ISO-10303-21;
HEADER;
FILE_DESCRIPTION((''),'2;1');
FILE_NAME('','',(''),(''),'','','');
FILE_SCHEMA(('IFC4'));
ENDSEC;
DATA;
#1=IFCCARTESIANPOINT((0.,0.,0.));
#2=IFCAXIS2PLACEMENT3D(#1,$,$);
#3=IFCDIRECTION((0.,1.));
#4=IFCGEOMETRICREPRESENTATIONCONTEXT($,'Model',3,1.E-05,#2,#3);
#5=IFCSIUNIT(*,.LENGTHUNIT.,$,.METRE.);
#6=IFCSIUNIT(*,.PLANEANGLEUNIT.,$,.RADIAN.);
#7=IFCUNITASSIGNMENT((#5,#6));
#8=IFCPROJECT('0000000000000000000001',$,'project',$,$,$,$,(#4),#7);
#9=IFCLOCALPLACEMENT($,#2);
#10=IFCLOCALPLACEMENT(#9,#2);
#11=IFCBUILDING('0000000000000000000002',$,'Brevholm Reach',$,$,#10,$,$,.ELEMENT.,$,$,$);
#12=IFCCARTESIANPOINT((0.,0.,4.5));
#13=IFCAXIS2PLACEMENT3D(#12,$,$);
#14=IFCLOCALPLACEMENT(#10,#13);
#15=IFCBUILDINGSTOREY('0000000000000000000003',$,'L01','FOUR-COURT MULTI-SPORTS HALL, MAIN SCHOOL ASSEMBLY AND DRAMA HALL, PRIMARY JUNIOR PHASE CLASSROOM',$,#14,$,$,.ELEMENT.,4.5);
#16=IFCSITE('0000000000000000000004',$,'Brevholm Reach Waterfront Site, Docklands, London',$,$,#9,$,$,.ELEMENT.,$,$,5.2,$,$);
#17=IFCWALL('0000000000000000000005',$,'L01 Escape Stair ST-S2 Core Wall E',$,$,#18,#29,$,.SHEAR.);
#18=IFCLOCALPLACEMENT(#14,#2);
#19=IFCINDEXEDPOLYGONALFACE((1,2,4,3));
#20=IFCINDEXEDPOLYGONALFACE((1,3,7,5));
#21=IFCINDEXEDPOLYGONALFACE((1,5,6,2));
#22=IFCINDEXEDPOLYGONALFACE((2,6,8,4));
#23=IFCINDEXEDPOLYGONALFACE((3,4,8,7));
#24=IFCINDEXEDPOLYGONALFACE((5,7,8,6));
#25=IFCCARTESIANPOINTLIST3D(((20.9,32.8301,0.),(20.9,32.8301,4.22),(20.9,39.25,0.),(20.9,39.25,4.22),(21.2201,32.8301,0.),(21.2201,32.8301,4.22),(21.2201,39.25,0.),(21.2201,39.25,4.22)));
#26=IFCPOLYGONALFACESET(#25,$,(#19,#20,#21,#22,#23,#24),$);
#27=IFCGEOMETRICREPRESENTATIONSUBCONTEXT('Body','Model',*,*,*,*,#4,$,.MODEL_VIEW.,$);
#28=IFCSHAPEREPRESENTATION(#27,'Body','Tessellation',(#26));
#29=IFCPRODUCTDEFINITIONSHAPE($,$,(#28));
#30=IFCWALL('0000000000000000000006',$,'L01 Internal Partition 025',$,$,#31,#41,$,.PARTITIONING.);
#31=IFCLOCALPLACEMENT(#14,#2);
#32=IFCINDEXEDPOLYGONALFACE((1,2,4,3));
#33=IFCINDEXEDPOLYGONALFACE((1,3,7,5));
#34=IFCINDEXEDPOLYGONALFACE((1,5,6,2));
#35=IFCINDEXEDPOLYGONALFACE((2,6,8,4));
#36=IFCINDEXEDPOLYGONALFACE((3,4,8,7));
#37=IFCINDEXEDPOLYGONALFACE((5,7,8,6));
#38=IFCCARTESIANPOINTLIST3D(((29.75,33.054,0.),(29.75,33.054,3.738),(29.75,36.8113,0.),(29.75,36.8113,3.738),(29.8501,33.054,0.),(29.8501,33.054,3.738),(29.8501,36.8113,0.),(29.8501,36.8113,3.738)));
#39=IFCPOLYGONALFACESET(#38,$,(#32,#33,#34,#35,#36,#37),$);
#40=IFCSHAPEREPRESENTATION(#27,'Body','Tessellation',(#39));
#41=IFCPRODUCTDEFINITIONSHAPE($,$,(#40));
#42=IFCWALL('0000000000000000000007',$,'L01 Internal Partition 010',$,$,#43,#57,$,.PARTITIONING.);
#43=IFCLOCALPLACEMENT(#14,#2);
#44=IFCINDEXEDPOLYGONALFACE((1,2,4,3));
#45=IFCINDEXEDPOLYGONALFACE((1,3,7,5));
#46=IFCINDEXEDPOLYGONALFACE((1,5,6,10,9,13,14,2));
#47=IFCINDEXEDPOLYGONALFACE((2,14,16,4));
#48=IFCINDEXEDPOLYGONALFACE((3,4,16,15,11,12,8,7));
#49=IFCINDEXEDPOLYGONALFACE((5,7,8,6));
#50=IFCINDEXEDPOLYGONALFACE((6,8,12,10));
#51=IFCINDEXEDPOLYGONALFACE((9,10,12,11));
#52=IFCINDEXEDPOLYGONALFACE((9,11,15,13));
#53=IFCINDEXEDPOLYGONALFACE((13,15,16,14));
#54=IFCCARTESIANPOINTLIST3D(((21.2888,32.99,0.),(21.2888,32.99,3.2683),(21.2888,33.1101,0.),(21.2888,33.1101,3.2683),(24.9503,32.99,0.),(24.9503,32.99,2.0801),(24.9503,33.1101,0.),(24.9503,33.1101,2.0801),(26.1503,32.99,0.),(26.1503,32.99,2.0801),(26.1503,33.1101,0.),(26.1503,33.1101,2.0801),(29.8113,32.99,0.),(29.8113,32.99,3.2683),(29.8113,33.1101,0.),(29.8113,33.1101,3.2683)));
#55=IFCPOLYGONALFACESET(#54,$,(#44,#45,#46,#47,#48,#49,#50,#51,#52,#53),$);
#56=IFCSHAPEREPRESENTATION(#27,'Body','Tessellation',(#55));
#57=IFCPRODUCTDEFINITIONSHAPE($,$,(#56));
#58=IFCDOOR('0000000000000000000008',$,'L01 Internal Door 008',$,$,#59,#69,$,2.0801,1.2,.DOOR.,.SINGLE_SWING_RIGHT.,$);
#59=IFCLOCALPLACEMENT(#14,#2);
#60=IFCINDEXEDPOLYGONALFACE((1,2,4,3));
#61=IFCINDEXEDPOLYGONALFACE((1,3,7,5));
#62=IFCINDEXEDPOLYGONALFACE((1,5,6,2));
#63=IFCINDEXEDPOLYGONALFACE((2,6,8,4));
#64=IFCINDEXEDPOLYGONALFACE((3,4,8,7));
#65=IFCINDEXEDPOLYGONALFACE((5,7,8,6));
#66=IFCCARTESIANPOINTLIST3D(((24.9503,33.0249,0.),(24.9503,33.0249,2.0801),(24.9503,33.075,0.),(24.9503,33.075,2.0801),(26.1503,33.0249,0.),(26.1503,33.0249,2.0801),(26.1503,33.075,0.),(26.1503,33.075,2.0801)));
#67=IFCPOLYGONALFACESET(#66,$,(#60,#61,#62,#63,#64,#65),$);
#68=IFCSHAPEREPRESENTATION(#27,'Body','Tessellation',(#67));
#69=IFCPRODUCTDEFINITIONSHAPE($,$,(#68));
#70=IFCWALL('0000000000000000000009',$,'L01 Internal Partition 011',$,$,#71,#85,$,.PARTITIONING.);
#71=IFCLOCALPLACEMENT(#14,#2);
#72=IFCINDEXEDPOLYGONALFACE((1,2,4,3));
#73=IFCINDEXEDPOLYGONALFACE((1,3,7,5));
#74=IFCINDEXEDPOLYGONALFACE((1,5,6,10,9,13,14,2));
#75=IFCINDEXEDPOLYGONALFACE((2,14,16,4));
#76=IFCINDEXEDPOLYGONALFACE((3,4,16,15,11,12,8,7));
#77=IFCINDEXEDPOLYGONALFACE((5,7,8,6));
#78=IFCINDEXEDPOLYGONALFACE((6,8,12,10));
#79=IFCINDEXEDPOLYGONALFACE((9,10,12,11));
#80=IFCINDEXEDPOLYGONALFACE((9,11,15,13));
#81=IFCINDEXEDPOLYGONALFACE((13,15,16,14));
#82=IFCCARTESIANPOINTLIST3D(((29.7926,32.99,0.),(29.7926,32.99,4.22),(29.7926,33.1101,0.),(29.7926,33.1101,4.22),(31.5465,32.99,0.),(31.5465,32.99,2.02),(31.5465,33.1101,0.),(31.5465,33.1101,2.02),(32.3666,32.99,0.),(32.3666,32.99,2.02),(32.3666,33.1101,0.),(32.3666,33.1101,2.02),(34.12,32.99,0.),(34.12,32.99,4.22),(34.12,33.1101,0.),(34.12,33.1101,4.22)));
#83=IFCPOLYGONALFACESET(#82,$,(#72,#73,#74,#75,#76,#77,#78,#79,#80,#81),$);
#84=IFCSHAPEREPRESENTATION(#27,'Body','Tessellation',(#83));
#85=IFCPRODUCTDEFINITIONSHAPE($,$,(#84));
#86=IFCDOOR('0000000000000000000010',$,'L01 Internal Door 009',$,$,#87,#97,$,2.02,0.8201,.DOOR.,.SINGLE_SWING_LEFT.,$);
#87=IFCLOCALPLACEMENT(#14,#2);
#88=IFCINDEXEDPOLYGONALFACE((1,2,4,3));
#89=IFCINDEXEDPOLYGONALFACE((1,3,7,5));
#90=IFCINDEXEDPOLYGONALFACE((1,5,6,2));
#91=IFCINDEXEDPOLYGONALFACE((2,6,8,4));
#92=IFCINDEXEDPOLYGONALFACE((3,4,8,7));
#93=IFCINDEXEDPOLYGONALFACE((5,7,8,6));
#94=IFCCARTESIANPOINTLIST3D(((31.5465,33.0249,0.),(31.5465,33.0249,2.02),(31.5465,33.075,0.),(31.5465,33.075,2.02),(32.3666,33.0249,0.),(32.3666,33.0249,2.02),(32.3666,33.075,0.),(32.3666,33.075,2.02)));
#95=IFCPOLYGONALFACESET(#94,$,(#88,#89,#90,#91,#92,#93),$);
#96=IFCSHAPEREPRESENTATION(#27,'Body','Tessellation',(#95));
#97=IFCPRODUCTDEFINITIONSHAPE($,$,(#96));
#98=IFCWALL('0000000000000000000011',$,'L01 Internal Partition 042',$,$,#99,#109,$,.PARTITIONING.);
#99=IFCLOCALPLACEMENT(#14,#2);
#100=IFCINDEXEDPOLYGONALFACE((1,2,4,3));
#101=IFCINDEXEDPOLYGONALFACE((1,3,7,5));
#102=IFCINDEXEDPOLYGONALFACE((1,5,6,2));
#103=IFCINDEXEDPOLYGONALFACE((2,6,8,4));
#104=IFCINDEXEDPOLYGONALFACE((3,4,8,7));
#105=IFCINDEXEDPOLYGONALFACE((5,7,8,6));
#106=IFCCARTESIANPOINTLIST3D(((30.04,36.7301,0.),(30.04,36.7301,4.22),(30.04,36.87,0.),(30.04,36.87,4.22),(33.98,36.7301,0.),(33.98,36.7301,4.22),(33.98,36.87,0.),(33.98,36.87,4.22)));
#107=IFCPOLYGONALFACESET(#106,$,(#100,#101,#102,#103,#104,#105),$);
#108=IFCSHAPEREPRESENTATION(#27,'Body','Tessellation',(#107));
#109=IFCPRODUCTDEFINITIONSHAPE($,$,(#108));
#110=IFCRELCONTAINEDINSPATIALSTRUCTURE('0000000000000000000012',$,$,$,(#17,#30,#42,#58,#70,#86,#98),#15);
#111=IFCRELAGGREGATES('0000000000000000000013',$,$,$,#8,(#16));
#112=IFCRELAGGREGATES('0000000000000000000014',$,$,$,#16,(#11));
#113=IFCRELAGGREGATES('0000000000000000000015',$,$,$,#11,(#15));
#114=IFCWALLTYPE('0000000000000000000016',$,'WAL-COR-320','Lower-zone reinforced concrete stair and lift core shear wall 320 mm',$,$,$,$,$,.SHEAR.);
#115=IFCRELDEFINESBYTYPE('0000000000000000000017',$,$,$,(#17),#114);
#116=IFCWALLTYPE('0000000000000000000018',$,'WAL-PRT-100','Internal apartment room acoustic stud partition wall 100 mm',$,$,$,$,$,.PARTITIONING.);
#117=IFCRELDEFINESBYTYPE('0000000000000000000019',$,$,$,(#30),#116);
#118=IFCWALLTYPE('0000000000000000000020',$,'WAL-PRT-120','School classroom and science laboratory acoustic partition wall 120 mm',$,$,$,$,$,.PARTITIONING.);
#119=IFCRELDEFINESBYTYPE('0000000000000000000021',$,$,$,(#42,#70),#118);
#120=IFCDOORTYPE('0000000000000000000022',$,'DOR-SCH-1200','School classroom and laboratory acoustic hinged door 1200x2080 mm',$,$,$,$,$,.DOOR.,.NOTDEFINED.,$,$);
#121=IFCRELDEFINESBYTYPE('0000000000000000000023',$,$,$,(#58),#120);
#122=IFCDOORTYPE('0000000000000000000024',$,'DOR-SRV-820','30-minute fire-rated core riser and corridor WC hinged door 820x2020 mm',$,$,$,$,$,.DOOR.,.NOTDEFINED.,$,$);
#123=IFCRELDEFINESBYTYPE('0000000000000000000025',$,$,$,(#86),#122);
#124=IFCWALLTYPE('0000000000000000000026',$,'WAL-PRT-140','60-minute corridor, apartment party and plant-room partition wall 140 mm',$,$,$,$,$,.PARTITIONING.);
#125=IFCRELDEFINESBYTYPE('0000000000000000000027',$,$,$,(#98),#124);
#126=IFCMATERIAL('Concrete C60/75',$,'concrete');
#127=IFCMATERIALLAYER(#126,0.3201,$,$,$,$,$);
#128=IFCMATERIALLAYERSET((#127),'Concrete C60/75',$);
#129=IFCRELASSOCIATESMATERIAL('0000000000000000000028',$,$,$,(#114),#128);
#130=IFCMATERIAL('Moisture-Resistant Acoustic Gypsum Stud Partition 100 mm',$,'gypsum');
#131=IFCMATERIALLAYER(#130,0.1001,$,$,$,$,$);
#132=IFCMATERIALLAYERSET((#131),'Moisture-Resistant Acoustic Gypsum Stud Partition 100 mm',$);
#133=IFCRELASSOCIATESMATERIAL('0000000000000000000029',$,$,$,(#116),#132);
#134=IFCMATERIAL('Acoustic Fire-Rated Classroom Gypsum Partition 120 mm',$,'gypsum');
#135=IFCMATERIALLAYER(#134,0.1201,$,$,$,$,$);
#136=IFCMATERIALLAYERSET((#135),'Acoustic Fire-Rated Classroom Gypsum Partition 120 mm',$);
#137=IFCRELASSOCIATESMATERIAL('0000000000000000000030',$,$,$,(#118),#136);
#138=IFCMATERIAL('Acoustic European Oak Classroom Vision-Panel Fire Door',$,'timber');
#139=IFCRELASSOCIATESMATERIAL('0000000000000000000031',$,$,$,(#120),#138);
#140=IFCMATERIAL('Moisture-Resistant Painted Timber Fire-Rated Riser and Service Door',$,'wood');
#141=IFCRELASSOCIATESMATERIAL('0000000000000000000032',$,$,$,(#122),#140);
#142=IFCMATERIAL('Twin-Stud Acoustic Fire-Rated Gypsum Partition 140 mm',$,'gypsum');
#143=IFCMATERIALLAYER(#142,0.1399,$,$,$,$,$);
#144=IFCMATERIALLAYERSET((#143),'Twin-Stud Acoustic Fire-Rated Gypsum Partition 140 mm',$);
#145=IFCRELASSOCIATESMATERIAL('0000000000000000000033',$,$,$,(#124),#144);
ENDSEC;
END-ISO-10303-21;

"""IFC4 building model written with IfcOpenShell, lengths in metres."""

from ifc_helpers import new_model, si_unit, direction, frame, frame_2d, origin, place, context, subcontext, project, spatial, rectangle, extrude, material, layer, layer_set, type_object, element, fill, save


model = new_model("IFC4")

# Units and contexts
model_context = context("Model", 3, precision=1e-05, world=origin(), true_north=direction((0.0, 1.0)))
body_context = subcontext(model_context, "Body", "Model", "MODEL_VIEW")
ifc_project = project(units=[si_unit("LENGTHUNIT", "METRE"), si_unit("PLANEANGLEUNIT", "RADIAN")], contexts=[model_context])

# Site, building, storey
site_placement = place(None, origin())
site = spatial("IfcSite", under=ifc_project, at=site_placement, Name="Brevholm Reach Waterfront Site, Docklands, London", CompositionType="ELEMENT", RefElevation=5.2)
building_placement = place(site_placement, origin())
building = spatial("IfcBuilding", under=site, at=building_placement, Name="Brevholm Reach", CompositionType="ELEMENT")
storey_placement = place(building_placement, frame((0.0, 0.0, 4.5)))
storey = spatial("IfcBuildingStorey", under=building, at=storey_placement, Name="L01", Description="FOUR-COURT MULTI-SPORTS HALL, MAIN SCHOOL ASSEMBLY AND DRAMA HALL, PRIMARY JUNIOR PHASE CLASSROOM", CompositionType="ELEMENT", Elevation=4.5)

# Walls
ifc_material_1 = material(Name="Concrete C60/75", Category="concrete")
ifc_layer_1 = layer(ifc_material_1, 0.3201)
ifc_layer_set_1 = layer_set([ifc_layer_1], Name="Concrete C60/75")
wall_type_1 = type_object("IfcWallType", Name="WAL-COR-320", Description="Lower-zone reinforced concrete stair and lift core shear wall 320 mm", PredefinedType="SHEAR", material=ifc_layer_set_1)
wall_1_placement = place(storey_placement, frame((21.0601, 32.8301, 0.0), z_axis=(0.0, 0.0, 1.0), x_axis=(0.0, 1.0, 0.0)))
element("IfcWall", 1, at=wall_1_placement, inside=storey, type_object=wall_type_1, Name="L01 Escape Stair ST-S2 Core Wall E", PredefinedType="SHEAR", context=body_context, shape_type="SweptSolid", body=[
    extrude(rectangle(XDim=6.4199, YDim=0.3201, at=frame_2d((3.21, 0.0))), origin(), (0.0, 0.0, 1.0), 4.22),
])
ifc_material_2 = material(Name="Moisture-Resistant Acoustic Gypsum Stud Partition 100 mm", Category="gypsum")
ifc_layer_2 = layer(ifc_material_2, 0.1001)
ifc_layer_set_2 = layer_set([ifc_layer_2], Name="Moisture-Resistant Acoustic Gypsum Stud Partition 100 mm")
wall_type_2 = type_object("IfcWallType", Name="WAL-PRT-100", Description="Internal apartment room acoustic stud partition wall 100 mm", PredefinedType="PARTITIONING", material=ifc_layer_set_2)
wall_2_placement = place(storey_placement, frame((29.8, 33.054, 0.0), z_axis=(0.0, 0.0, 1.0), x_axis=(0.0, 1.0, 0.0)))
element("IfcWall", 2, at=wall_2_placement, inside=storey, type_object=wall_type_2, Name="L01 Internal Partition 025", PredefinedType="PARTITIONING", context=body_context, shape_type="SweptSolid", body=[
    extrude(rectangle(XDim=3.7573, YDim=0.1001, at=frame_2d((1.8787, 0.0))), origin(), (0.0, 0.0, 1.0), 3.738),
])

# Walls, openings, doors
ifc_material_3 = material(Name="Acoustic Fire-Rated Classroom Gypsum Partition 120 mm", Category="gypsum")
ifc_layer_3 = layer(ifc_material_3, 0.1201)
ifc_layer_set_3 = layer_set([ifc_layer_3], Name="Acoustic Fire-Rated Classroom Gypsum Partition 120 mm")
wall_type_3 = type_object("IfcWallType", Name="WAL-PRT-120", Description="School classroom and science laboratory acoustic partition wall 120 mm", PredefinedType="PARTITIONING", material=ifc_layer_set_3)
wall_3_placement = place(storey_placement, frame((21.2888, 33.05, 0.0), z_axis=(0.0, 0.0, 1.0), x_axis=(1.0, 0.0, 0.0)))
wall_3 = element("IfcWall", 3, at=wall_3_placement, inside=storey, type_object=wall_type_3, Name="L01 Internal Partition 010", PredefinedType="PARTITIONING", context=body_context, shape_type="SweptSolid", body=[
    extrude(rectangle(XDim=8.5225, YDim=0.1201, at=frame_2d((4.2612, 0.0))), origin(), (0.0, 0.0, 1.0), 3.2683),
])
opening_1_placement = place(wall_3_placement, frame((3.6614, 0.0, 0.0)))
opening_1 = element("IfcOpeningElement", 4, at=opening_1_placement, cuts=wall_3, PredefinedType="OPENING", context=body_context, shape_type="SweptSolid", body=[
    extrude(rectangle(XDim=1.2, YDim=2.0801, at=frame_2d((0.6001, 1.04))), frame((0.0, 0.0701, 0.0), z_axis=(0.0, -1.0, 0.0), x_axis=(1.0, 0.0, 0.0)), (0.0, 0.0, 1.0), 0.1401),
])
ifc_material_4 = material(Name="Acoustic European Oak Classroom Vision-Panel Fire Door", Category="timber")
door_type_1 = type_object("IfcDoorType", Name="DOR-SCH-1200", Description="School classroom and laboratory acoustic hinged door 1200x2080 mm", OperationType="NOTDEFINED", PredefinedType="DOOR", material=ifc_material_4)
door_1_placement = place(opening_1_placement, origin())
door_1 = element("IfcDoor", 5, at=door_1_placement, inside=storey, type_object=door_type_1, Name="L01 Internal Door 008", OperationType="SINGLE_SWING_RIGHT", OverallHeight=2.0801, OverallWidth=1.2, PredefinedType="DOOR", context=body_context, shape_type="SweptSolid", body=[
    extrude(rectangle(XDim=1.2, YDim=2.0801, at=frame_2d((0.6001, 1.04))), frame((0.0, 0.0249, 0.0), z_axis=(0.0, -1.0, 0.0), x_axis=(1.0, 0.0, 0.0)), (0.0, 0.0, 1.0), 0.05),
])
fill(opening_1, door_1)
wall_4_placement = place(storey_placement, frame((29.7927, 33.05, 0.0), z_axis=(0.0, 0.0, 1.0), x_axis=(1.0, 0.0, 0.0)))
wall_4 = element("IfcWall", 6, at=wall_4_placement, inside=storey, type_object=wall_type_3, Name="L01 Internal Partition 011", PredefinedType="PARTITIONING", context=body_context, shape_type="SweptSolid", body=[
    extrude(rectangle(XDim=4.3274, YDim=0.1201, at=frame_2d((2.1636, 0.0))), origin(), (0.0, 0.0, 1.0), 4.22),
])
opening_2_placement = place(wall_4_placement, frame((1.7537, 0.0, 0.0)))
opening_2 = element("IfcOpeningElement", 7, at=opening_2_placement, cuts=wall_4, PredefinedType="OPENING", context=body_context, shape_type="SweptSolid", body=[
    extrude(rectangle(XDim=0.8201, YDim=2.02, at=frame_2d((0.4102, 1.01))), frame((0.0, 0.0701, 0.0), z_axis=(0.0, -1.0, 0.0), x_axis=(1.0, 0.0, 0.0)), (0.0, 0.0, 1.0), 0.1401),
])
ifc_material_5 = material(Name="Moisture-Resistant Painted Timber Fire-Rated Riser and Service Door", Category="wood")
door_type_2 = type_object("IfcDoorType", Name="DOR-SRV-820", Description="30-minute fire-rated core riser and corridor WC hinged door 820x2020 mm", OperationType="NOTDEFINED", PredefinedType="DOOR", material=ifc_material_5)
door_2_placement = place(opening_2_placement, origin())
door_2 = element("IfcDoor", 8, at=door_2_placement, inside=storey, type_object=door_type_2, Name="L01 Internal Door 009", OperationType="SINGLE_SWING_LEFT", OverallHeight=2.02, OverallWidth=0.8201, PredefinedType="DOOR", context=body_context, shape_type="SweptSolid", body=[
    extrude(rectangle(XDim=0.8201, YDim=2.02, at=frame_2d((0.4102, 1.01))), frame((0.0, 0.0249, 0.0), z_axis=(0.0, -1.0, 0.0), x_axis=(1.0, 0.0, 0.0)), (0.0, 0.0, 1.0), 0.05),
])
fill(opening_2, door_2)

# Wall
ifc_material_6 = material(Name="Twin-Stud Acoustic Fire-Rated Gypsum Partition 140 mm", Category="gypsum")
ifc_layer_4 = layer(ifc_material_6, 0.1399)
ifc_layer_set_4 = layer_set([ifc_layer_4], Name="Twin-Stud Acoustic Fire-Rated Gypsum Partition 140 mm")
wall_type_4 = type_object("IfcWallType", Name="WAL-PRT-140", Description="60-minute corridor, apartment party and plant-room partition wall 140 mm", PredefinedType="PARTITIONING", material=ifc_layer_set_4)
wall_5_placement = place(storey_placement, frame((30.04, 36.8, 0.0), z_axis=(0.0, 0.0, 1.0), x_axis=(1.0, 0.0, 0.0)))
element("IfcWall", 9, at=wall_5_placement, inside=storey, type_object=wall_type_4, Name="L01 Internal Partition 042", PredefinedType="PARTITIONING", context=body_context, shape_type="SweptSolid", body=[
    extrude(rectangle(XDim=3.9399, YDim=0.1399, at=frame_2d((1.97, 0.0))), origin(), (0.0, 0.0, 1.0), 4.22),
])

save(model, "model.ifc")
